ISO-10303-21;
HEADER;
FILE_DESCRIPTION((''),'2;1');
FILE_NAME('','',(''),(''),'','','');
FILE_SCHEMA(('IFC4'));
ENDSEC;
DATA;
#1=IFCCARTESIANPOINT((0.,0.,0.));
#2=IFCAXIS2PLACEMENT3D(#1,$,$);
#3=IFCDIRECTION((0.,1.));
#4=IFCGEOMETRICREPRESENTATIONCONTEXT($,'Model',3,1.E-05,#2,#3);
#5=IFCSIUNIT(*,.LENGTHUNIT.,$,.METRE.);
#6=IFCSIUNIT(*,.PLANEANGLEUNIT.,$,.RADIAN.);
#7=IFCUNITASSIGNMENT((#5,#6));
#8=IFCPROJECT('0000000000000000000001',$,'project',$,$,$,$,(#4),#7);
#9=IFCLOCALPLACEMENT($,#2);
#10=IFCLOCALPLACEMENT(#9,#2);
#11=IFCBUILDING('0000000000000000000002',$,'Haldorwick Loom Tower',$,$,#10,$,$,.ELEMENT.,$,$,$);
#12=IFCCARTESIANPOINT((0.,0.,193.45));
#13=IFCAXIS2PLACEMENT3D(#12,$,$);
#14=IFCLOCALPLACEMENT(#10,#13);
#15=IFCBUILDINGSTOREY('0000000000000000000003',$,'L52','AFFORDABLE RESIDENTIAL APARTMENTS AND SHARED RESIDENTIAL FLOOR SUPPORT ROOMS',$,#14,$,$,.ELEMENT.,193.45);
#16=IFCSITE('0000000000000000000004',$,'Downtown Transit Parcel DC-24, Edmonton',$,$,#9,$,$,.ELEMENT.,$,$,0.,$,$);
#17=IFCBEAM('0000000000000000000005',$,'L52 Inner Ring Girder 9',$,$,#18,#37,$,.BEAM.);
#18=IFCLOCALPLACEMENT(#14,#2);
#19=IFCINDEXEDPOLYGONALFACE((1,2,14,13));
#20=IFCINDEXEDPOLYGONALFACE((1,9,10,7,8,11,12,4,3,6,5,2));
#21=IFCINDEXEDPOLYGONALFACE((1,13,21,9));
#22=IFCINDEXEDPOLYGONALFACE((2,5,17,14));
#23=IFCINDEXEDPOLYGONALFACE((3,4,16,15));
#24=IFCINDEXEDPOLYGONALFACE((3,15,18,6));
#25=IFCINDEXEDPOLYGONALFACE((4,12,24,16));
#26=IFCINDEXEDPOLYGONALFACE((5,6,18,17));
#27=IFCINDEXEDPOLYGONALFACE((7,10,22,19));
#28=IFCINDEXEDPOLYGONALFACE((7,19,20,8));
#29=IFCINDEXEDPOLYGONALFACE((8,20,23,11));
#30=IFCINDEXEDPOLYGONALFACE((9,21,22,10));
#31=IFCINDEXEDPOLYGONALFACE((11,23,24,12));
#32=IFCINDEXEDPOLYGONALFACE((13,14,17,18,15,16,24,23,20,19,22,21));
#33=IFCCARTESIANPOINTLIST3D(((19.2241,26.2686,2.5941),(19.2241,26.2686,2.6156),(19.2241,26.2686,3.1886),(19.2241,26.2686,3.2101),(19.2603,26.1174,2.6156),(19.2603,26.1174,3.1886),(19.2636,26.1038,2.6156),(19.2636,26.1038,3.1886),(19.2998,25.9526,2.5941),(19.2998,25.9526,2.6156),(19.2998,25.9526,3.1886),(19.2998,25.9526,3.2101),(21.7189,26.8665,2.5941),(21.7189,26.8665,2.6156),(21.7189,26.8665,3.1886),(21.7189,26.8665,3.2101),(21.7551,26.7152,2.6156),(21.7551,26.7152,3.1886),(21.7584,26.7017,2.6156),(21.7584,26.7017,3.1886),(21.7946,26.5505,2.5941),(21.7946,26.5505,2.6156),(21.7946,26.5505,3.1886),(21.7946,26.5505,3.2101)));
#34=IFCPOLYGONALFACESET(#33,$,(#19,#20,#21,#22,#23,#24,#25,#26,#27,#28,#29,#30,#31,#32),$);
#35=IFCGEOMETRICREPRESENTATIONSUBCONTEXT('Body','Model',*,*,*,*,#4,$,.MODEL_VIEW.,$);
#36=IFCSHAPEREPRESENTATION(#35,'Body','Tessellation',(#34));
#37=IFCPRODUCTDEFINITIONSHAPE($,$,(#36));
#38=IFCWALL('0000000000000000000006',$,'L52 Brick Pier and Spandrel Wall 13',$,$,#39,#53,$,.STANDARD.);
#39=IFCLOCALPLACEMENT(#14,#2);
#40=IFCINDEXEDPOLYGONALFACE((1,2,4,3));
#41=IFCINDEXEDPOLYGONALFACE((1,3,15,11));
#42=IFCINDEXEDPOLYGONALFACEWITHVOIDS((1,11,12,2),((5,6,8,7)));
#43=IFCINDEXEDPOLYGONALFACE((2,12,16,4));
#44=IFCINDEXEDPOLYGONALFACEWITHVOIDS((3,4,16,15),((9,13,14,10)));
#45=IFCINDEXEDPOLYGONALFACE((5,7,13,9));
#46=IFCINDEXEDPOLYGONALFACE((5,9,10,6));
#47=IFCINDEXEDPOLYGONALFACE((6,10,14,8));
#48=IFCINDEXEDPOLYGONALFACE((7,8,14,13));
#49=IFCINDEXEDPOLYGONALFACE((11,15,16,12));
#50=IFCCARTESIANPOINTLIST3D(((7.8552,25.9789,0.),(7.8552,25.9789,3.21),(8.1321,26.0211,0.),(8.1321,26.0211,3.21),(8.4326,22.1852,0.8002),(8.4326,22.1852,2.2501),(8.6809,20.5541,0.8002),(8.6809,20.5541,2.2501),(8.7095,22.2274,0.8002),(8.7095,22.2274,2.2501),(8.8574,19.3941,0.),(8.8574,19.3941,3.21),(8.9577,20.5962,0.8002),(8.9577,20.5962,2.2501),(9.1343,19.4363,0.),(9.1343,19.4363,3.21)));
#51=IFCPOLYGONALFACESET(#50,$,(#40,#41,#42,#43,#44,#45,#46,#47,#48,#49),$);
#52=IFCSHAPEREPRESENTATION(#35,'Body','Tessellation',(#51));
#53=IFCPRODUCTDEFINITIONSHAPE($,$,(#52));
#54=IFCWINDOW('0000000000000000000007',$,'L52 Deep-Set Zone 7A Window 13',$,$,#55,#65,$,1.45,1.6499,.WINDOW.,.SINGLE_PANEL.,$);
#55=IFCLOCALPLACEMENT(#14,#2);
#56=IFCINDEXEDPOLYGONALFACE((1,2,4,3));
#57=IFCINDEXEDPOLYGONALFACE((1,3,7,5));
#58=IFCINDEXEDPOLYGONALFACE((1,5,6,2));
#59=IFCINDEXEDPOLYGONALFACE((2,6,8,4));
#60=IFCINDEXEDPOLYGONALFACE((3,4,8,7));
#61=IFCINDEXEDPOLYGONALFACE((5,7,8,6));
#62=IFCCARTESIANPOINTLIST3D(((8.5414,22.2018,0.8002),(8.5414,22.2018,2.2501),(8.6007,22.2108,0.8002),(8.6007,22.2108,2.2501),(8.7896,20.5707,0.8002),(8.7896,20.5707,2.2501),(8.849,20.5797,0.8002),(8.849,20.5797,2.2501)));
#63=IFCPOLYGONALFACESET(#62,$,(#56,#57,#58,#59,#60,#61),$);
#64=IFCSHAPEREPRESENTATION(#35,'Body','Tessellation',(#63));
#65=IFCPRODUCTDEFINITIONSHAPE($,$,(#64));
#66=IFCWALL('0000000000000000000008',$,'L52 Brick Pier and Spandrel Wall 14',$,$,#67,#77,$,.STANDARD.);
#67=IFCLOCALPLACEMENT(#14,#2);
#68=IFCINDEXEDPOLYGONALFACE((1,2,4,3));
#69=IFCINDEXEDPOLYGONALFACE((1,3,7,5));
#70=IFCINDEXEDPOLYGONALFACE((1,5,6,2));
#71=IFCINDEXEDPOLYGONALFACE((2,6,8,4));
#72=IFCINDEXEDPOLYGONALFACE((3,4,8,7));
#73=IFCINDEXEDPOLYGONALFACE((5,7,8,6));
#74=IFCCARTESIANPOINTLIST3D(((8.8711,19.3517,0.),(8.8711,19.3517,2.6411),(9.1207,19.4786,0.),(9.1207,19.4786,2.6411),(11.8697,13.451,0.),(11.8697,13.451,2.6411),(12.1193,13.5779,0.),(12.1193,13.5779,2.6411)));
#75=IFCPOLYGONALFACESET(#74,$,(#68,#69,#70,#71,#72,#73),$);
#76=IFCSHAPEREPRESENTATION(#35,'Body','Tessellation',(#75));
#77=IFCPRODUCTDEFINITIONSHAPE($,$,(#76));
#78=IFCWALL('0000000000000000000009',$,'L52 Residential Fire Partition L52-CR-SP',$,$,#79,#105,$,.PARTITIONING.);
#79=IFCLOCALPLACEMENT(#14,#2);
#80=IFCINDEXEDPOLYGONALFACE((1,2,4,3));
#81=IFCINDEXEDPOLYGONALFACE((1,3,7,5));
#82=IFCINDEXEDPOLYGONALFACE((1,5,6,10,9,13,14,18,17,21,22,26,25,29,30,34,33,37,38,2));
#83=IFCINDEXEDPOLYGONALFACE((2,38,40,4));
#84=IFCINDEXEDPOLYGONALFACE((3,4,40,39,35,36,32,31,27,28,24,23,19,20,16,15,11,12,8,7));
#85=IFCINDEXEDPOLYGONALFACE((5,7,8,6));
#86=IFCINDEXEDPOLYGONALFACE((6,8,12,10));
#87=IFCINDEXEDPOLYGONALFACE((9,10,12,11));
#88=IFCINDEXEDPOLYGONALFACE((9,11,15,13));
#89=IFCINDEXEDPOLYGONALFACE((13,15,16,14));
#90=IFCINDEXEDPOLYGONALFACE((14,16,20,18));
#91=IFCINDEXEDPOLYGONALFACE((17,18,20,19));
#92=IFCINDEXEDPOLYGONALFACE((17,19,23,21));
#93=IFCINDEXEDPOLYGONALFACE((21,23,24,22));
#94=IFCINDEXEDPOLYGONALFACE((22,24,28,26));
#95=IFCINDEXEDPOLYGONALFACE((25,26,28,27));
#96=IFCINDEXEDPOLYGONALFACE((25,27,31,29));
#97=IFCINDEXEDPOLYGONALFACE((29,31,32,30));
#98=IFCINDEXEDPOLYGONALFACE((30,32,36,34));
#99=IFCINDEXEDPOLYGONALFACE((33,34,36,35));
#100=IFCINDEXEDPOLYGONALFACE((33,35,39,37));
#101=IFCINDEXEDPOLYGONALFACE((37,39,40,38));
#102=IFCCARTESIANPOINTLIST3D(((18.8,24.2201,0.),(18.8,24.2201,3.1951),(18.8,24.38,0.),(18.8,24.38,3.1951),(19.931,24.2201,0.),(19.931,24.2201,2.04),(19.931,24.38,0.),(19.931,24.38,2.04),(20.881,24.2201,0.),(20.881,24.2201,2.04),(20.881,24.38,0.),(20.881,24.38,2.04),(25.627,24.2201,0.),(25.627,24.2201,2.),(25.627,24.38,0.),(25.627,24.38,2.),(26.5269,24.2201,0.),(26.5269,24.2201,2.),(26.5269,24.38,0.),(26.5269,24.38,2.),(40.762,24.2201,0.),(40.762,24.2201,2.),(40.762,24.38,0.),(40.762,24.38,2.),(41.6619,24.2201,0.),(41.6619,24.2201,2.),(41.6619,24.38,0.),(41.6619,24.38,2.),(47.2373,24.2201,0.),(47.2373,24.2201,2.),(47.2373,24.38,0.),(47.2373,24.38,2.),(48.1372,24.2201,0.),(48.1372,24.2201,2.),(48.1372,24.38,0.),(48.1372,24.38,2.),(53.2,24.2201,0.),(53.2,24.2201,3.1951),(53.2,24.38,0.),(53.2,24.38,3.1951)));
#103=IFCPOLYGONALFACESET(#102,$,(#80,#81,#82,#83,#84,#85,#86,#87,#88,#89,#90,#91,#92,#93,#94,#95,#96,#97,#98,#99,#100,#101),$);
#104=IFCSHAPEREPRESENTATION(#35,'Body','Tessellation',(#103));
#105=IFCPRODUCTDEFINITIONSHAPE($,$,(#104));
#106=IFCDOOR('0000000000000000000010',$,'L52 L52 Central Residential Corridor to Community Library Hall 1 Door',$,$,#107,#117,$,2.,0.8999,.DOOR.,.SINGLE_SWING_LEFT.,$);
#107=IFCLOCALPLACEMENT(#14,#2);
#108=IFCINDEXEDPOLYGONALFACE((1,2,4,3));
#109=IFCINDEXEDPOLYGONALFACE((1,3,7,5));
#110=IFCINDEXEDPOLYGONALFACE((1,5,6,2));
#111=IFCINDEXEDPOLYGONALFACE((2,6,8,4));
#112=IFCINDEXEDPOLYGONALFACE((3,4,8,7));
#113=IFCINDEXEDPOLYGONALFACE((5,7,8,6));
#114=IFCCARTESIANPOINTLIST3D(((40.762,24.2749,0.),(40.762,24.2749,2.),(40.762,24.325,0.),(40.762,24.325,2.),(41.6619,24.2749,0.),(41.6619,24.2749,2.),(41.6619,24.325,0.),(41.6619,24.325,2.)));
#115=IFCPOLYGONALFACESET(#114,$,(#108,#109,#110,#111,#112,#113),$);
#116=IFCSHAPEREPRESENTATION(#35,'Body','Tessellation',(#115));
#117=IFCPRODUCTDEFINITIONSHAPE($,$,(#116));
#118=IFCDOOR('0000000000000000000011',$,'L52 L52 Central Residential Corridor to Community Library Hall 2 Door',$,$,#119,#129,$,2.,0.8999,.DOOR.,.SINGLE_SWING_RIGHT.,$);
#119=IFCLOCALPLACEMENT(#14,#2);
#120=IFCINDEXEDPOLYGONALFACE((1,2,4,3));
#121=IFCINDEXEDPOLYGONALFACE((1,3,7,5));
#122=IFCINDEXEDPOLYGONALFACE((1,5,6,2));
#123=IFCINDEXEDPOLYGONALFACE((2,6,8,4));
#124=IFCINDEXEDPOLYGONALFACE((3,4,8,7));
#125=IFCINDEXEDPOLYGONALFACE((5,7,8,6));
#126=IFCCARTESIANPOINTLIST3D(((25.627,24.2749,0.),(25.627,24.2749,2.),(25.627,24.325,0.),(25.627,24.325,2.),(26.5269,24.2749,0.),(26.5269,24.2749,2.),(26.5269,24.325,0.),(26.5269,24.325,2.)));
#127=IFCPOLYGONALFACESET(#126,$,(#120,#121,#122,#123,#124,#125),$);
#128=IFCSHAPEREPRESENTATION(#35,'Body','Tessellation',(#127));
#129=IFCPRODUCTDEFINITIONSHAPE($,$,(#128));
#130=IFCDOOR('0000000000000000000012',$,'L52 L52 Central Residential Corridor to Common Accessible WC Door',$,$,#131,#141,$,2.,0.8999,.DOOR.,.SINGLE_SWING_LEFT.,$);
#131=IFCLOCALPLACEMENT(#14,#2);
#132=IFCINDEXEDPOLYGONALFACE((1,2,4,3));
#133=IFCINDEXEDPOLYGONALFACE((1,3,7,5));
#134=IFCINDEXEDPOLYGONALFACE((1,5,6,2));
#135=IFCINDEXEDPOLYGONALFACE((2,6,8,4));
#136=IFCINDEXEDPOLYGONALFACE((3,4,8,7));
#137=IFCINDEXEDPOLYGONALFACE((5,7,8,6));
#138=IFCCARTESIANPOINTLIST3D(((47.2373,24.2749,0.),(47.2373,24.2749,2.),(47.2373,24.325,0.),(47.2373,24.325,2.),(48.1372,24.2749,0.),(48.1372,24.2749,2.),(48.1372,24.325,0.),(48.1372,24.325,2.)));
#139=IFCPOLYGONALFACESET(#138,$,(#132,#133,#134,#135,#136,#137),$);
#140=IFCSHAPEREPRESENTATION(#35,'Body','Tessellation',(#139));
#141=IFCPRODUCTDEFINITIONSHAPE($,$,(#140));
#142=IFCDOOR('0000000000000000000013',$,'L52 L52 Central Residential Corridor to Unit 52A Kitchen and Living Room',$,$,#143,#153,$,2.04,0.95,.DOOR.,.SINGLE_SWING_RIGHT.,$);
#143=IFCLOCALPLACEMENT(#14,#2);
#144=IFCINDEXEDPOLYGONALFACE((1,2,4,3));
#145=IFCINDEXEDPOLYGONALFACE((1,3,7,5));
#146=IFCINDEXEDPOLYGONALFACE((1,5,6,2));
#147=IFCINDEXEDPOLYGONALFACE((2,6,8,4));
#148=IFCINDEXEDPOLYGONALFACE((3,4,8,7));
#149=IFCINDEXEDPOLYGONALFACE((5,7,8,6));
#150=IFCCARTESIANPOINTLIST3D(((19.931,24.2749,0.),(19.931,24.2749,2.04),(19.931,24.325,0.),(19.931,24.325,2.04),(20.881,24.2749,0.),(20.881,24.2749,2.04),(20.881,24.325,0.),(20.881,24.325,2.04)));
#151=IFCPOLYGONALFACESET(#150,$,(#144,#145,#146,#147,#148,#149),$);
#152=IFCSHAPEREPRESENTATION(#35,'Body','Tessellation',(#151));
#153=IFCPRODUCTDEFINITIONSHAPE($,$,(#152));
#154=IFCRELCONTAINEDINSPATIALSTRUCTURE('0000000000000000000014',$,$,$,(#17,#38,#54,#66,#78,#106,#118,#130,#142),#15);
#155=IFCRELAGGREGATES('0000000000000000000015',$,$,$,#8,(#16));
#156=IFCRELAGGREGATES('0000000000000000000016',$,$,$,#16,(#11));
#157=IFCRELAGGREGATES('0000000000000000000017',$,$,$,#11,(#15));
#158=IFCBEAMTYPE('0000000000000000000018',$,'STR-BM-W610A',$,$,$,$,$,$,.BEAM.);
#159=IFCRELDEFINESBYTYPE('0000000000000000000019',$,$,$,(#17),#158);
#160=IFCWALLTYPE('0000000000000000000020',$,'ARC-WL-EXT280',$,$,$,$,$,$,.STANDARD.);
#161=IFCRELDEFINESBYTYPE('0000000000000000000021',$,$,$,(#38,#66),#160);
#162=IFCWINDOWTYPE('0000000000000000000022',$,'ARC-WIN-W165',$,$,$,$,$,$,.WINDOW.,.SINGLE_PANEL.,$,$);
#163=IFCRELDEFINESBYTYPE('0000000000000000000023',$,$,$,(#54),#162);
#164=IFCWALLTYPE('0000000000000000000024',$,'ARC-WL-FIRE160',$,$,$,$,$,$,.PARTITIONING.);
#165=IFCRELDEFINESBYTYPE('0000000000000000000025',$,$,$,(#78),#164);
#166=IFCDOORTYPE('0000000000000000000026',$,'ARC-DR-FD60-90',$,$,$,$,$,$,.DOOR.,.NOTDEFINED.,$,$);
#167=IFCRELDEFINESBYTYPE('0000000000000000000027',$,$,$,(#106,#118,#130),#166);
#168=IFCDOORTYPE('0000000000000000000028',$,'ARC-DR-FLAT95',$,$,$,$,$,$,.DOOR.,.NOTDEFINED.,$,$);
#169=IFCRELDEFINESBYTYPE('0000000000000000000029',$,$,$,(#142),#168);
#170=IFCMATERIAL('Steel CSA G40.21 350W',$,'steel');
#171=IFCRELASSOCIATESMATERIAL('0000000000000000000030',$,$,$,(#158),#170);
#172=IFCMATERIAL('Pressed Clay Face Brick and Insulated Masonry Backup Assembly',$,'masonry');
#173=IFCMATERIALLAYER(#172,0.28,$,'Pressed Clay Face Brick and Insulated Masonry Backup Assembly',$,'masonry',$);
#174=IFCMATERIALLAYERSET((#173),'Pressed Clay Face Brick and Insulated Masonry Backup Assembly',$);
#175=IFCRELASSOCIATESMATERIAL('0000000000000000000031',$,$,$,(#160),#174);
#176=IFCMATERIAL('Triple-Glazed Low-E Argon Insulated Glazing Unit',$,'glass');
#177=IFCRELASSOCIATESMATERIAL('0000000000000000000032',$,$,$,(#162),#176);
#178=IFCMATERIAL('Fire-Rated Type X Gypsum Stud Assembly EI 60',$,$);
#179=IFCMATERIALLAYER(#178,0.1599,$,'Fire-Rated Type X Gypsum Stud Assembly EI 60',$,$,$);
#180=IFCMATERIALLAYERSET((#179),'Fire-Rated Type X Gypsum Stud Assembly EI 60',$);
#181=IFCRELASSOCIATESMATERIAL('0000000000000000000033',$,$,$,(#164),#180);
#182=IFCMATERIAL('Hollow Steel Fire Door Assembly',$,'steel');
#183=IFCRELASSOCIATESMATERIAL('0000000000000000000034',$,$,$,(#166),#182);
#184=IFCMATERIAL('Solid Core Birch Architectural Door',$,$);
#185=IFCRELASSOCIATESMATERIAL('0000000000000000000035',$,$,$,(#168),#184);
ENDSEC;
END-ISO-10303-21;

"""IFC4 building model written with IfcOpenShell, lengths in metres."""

from ifc_helpers import new_model, si_unit, direction, frame, frame_2d, origin, origin_2d, place, context, subcontext, project, spatial, rectangle, i_section, extrude, material, layer, layer_set, material_profile, profile_set, type_object, element, fill, save


model = new_model("IFC4")

# Units and contexts
model_context = context("Model", 3, precision=1e-05, world=origin(), true_north=direction((0.0, 1.0)))
body_context = subcontext(model_context, "Body", "Model", "MODEL_VIEW")
ifc_project = project(units=[si_unit("LENGTHUNIT", "METRE"), si_unit("PLANEANGLEUNIT", "RADIAN")], contexts=[model_context])

# Site, building, storey
site_placement = place(None, origin())
site = spatial("IfcSite", under=ifc_project, at=site_placement, Name="Downtown Transit Parcel DC-24, Edmonton", CompositionType="ELEMENT", RefElevation=0.0)
building_placement = place(site_placement, origin())
building = spatial("IfcBuilding", under=site, at=building_placement, Name="Haldorwick Loom Tower", CompositionType="ELEMENT")
storey_placement = place(building_placement, frame((0.0, 0.0, 193.45)))
storey = spatial("IfcBuildingStorey", under=building, at=storey_placement, Name="L52", Description="AFFORDABLE RESIDENTIAL APARTMENTS AND SHARED RESIDENTIAL FLOOR SUPPORT ROOMS", CompositionType="ELEMENT", Elevation=193.45)

# Beam
ifc_material_1 = material(Name="Steel CSA G40.21 350W", Category="steel")
ifc_material_profile_1 = material_profile(ifc_material_1, i_section(OverallWidth=0.325, OverallDepth=0.616, WebThickness=0.0139, FlangeThickness=0.0215, at=origin_2d()), Name="W610X174", Category="steel")
ifc_profile_set_1 = profile_set([ifc_material_profile_1], Name="Steel CSA G40.21 350W")
beam_type_1 = type_object("IfcBeamType", Name="STR-BM-W610A", PredefinedType="BEAM", material=ifc_profile_set_1)
beam_1_placement = place(storey_placement, frame((19.262, 26.1106, 2.9021), z_axis=(0.972464, 0.233053, 0.0), x_axis=(-0.233053, 0.972464, 0.0)))
element("IfcBeam", 1, at=beam_1_placement, inside=storey, type_object=beam_type_1, Name="L52 Inner Ring Girder 9", PredefinedType="BEAM", context=body_context, shape_type="SweptSolid", body=[
    extrude(i_section(OverallWidth=0.325, OverallDepth=0.616, WebThickness=0.0139, FlangeThickness=0.0215, at=origin_2d()), origin(), (0.0, 0.0, 1.0), 2.5654),
])

# Wall, opening, window
ifc_material_2 = material(Name="Pressed Clay Face Brick and Insulated Masonry Backup Assembly", Category="masonry")
ifc_layer_1 = layer(ifc_material_2, 0.28, Name="Pressed Clay Face Brick and Insulated Masonry Backup Assembly", Category="masonry")
ifc_layer_set_1 = layer_set([ifc_layer_1], Name="Pressed Clay Face Brick and Insulated Masonry Backup Assembly")
wall_type_1 = type_object("IfcWallType", Name="ARC-WL-EXT280", PredefinedType="STANDARD", material=ifc_layer_set_1)
wall_1_placement = place(storey_placement, frame((7.9937, 26.0, 0.0), z_axis=(0.0, 0.0, 1.0), x_axis=(0.150468, -0.988615, 0.0)))
wall_1 = element("IfcWall", 2, at=wall_1_placement, inside=storey, type_object=wall_type_1, Name="L52 Brick Pier and Spandrel Wall 13", PredefinedType="STANDARD", context=body_context, shape_type="SweptSolid", body=[
    extrude(rectangle(XDim=6.6606, YDim=0.28, at=frame_2d((3.3303, 0.0))), origin(), (0.0, 0.0, 1.0), 3.21),
])
opening_1_placement = place(wall_1_placement, frame((3.8374, 0.0, 0.8)))
opening_1 = element("IfcOpeningElement", 3, at=opening_1_placement, cuts=wall_1, PredefinedType="OPENING", context=body_context, shape_type="SweptSolid", body=[
    extrude(rectangle(XDim=1.6499, YDim=1.45, at=frame_2d((0.825, 0.7251))), frame((0.0, 0.1499, 0.0), z_axis=(0.0, -1.0, 0.0), x_axis=(1.0, 0.0, 0.0)), (0.0, 0.0, 1.0), 0.3),
])
ifc_material_3 = material(Name="Triple-Glazed Low-E Argon Insulated Glazing Unit", Category="glass")
window_type = type_object("IfcWindowType", Name="ARC-WIN-W165", PartitioningType="SINGLE_PANEL", PredefinedType="WINDOW", material=ifc_material_3)
window_placement = place(opening_1_placement, origin())
window = element("IfcWindow", 4, at=window_placement, inside=storey, type_object=window_type, Name="L52 Deep-Set Zone 7A Window 13", OverallHeight=1.45, OverallWidth=1.6499, PartitioningType="SINGLE_PANEL", PredefinedType="WINDOW", context=body_context, shape_type="SweptSolid", body=[
    extrude(rectangle(XDim=1.6499, YDim=1.45, at=frame_2d((0.825, 0.7251))), frame((0.0, 0.03, 0.0), z_axis=(0.0, -1.0, 0.0), x_axis=(1.0, 0.0, 0.0)), (0.0, 0.0, 1.0), 0.0601),
])
fill(opening_1, window)

# Wall
wall_2_placement = place(storey_placement, frame((8.9958, 19.4153, 0.0), z_axis=(0.0, 0.0, 1.0), x_axis=(0.453032, -0.891494, 0.0)))
element("IfcWall", 5, at=wall_2_placement, inside=storey, type_object=wall_type_1, Name="L52 Brick Pier and Spandrel Wall 14", PredefinedType="STANDARD", context=body_context, shape_type="SweptSolid", body=[
    extrude(rectangle(XDim=6.6189, YDim=0.28, at=frame_2d((3.3096, 0.0))), origin(), (0.0, 0.0, 1.0), 2.6411),
])

# Wall, openings, doors
ifc_material_4 = material(Name="Fire-Rated Type X Gypsum Stud Assembly EI 60")
ifc_layer_2 = layer(ifc_material_4, 0.1599, Name="Fire-Rated Type X Gypsum Stud Assembly EI 60")
ifc_layer_set_2 = layer_set([ifc_layer_2], Name="Fire-Rated Type X Gypsum Stud Assembly EI 60")
wall_type_2 = type_object("IfcWallType", Name="ARC-WL-FIRE160", PredefinedType="PARTITIONING", material=ifc_layer_set_2)
wall_3_placement = place(storey_placement, frame((18.8, 24.3, 0.0), z_axis=(0.0, 0.0, 1.0), x_axis=(1.0, 0.0, 0.0)))
wall_3 = element("IfcWall", 6, at=wall_3_placement, inside=storey, type_object=wall_type_2, Name="L52 Residential Fire Partition L52-CR-SP", PredefinedType="PARTITIONING", context=body_context, shape_type="SweptSolid", body=[
    extrude(rectangle(XDim=34.3999, YDim=0.1599, at=frame_2d((17.2, 0.0))), origin(), (0.0, 0.0, 1.0), 3.1951),
])
opening_2_placement = place(wall_3_placement, frame((21.9619, 0.0, 0.0)))
opening_2 = element("IfcOpeningElement", 7, at=opening_2_placement, cuts=wall_3, PredefinedType="OPENING", context=body_context, shape_type="SweptSolid", body=[
    extrude(rectangle(XDim=0.8999, YDim=2.0, at=frame_2d((0.45, 1.0))), frame((0.0, 0.0898, 0.0), z_axis=(0.0, -1.0, 0.0), x_axis=(1.0, 0.0, 0.0)), (0.0, 0.0, 1.0), 0.1799),
])
opening_3_placement = place(wall_3_placement, frame((6.8269, 0.0, 0.0)))
opening_3 = element("IfcOpeningElement", 8, at=opening_3_placement, cuts=wall_3, PredefinedType="OPENING", context=body_context, shape_type="SweptSolid", body=[
    extrude(rectangle(XDim=0.8999, YDim=2.0, at=frame_2d((0.45, 1.0))), frame((0.0, 0.0898, 0.0), z_axis=(0.0, -1.0, 0.0), x_axis=(1.0, 0.0, 0.0)), (0.0, 0.0, 1.0), 0.1799),
])
opening_4_placement = place(wall_3_placement, frame((28.4373, 0.0, 0.0)))
opening_4 = element("IfcOpeningElement", 9, at=opening_4_placement, cuts=wall_3, PredefinedType="OPENING", context=body_context, shape_type="SweptSolid", body=[
    extrude(rectangle(XDim=0.8999, YDim=2.0, at=frame_2d((0.45, 1.0))), frame((0.0, 0.0898, 0.0), z_axis=(0.0, -1.0, 0.0), x_axis=(1.0, 0.0, 0.0)), (0.0, 0.0, 1.0), 0.1799),
])
opening_5_placement = place(wall_3_placement, frame((1.1309, 0.0, 0.0)))
opening_5 = element("IfcOpeningElement", 10, at=opening_5_placement, cuts=wall_3, PredefinedType="OPENING", context=body_context, shape_type="SweptSolid", body=[
    extrude(rectangle(XDim=0.95, YDim=2.04, at=frame_2d((0.4751, 1.02))), frame((0.0, 0.0898, 0.0), z_axis=(0.0, -1.0, 0.0), x_axis=(1.0, 0.0, 0.0)), (0.0, 0.0, 1.0), 0.1799),
])
ifc_material_5 = material(Name="Hollow Steel Fire Door Assembly", Category="steel")
door_type_1 = type_object("IfcDoorType", Name="ARC-DR-FD60-90", OperationType="NOTDEFINED", PredefinedType="DOOR", material=ifc_material_5)
door_1_placement = place(opening_2_placement, origin())
door_1 = element("IfcDoor", 11, at=door_1_placement, inside=storey, type_object=door_type_1, Name="L52 L52 Central Residential Corridor to Community Library Hall 1 Door", OperationType="SINGLE_SWING_LEFT", OverallHeight=2.0, OverallWidth=0.8999, PredefinedType="DOOR", context=body_context, shape_type="SweptSolid", body=[
    extrude(rectangle(XDim=0.8999, YDim=2.0, at=frame_2d((0.45, 1.0))), frame((0.0, 0.0249, 0.0), z_axis=(0.0, -1.0, 0.0), x_axis=(1.0, 0.0, 0.0)), (0.0, 0.0, 1.0), 0.05),
])
fill(opening_2, door_1)
door_2_placement = place(opening_3_placement, origin())
door_2 = element("IfcDoor", 12, at=door_2_placement, inside=storey, type_object=door_type_1, Name="L52 L52 Central Residential Corridor to Community Library Hall 2 Door", OperationType="SINGLE_SWING_RIGHT", OverallHeight=2.0, OverallWidth=0.8999, PredefinedType="DOOR", context=body_context, shape_type="SweptSolid", body=[
    extrude(rectangle(XDim=0.8999, YDim=2.0, at=frame_2d((0.45, 1.0))), frame((0.0, 0.0249, 0.0), z_axis=(0.0, -1.0, 0.0), x_axis=(1.0, 0.0, 0.0)), (0.0, 0.0, 1.0), 0.05),
])
fill(opening_3, door_2)
door_3_placement = place(opening_4_placement, origin())
door_3 = element("IfcDoor", 13, at=door_3_placement, inside=storey, type_object=door_type_1, Name="L52 L52 Central Residential Corridor to Common Accessible WC Door", OperationType="SINGLE_SWING_LEFT", OverallHeight=2.0, OverallWidth=0.8999, PredefinedType="DOOR", context=body_context, shape_type="SweptSolid", body=[
    extrude(rectangle(XDim=0.8999, YDim=2.0, at=frame_2d((0.45, 1.0))), frame((0.0, 0.0249, 0.0), z_axis=(0.0, -1.0, 0.0), x_axis=(1.0, 0.0, 0.0)), (0.0, 0.0, 1.0), 0.05),
])
fill(opening_4, door_3)
ifc_material_6 = material(Name="Solid Core Birch Architectural Door")
door_type_2 = type_object("IfcDoorType", Name="ARC-DR-FLAT95", OperationType="NOTDEFINED", PredefinedType="DOOR", material=ifc_material_6)
door_4_placement = place(opening_5_placement, origin())
door_4 = element("IfcDoor", 14, at=door_4_placement, inside=storey, type_object=door_type_2, Name="L52 L52 Central Residential Corridor to Unit 52A Kitchen and Living Room", OperationType="SINGLE_SWING_RIGHT", OverallHeight=2.04, OverallWidth=0.95, PredefinedType="DOOR", context=body_context, shape_type="SweptSolid", body=[
    extrude(rectangle(XDim=0.95, YDim=2.04, at=frame_2d((0.4751, 1.02))), frame((0.0, 0.0249, 0.0), z_axis=(0.0, -1.0, 0.0), x_axis=(1.0, 0.0, 0.0)), (0.0, 0.0, 1.0), 0.05),
])
fill(opening_5, door_4)

save(model, "model.ifc")
